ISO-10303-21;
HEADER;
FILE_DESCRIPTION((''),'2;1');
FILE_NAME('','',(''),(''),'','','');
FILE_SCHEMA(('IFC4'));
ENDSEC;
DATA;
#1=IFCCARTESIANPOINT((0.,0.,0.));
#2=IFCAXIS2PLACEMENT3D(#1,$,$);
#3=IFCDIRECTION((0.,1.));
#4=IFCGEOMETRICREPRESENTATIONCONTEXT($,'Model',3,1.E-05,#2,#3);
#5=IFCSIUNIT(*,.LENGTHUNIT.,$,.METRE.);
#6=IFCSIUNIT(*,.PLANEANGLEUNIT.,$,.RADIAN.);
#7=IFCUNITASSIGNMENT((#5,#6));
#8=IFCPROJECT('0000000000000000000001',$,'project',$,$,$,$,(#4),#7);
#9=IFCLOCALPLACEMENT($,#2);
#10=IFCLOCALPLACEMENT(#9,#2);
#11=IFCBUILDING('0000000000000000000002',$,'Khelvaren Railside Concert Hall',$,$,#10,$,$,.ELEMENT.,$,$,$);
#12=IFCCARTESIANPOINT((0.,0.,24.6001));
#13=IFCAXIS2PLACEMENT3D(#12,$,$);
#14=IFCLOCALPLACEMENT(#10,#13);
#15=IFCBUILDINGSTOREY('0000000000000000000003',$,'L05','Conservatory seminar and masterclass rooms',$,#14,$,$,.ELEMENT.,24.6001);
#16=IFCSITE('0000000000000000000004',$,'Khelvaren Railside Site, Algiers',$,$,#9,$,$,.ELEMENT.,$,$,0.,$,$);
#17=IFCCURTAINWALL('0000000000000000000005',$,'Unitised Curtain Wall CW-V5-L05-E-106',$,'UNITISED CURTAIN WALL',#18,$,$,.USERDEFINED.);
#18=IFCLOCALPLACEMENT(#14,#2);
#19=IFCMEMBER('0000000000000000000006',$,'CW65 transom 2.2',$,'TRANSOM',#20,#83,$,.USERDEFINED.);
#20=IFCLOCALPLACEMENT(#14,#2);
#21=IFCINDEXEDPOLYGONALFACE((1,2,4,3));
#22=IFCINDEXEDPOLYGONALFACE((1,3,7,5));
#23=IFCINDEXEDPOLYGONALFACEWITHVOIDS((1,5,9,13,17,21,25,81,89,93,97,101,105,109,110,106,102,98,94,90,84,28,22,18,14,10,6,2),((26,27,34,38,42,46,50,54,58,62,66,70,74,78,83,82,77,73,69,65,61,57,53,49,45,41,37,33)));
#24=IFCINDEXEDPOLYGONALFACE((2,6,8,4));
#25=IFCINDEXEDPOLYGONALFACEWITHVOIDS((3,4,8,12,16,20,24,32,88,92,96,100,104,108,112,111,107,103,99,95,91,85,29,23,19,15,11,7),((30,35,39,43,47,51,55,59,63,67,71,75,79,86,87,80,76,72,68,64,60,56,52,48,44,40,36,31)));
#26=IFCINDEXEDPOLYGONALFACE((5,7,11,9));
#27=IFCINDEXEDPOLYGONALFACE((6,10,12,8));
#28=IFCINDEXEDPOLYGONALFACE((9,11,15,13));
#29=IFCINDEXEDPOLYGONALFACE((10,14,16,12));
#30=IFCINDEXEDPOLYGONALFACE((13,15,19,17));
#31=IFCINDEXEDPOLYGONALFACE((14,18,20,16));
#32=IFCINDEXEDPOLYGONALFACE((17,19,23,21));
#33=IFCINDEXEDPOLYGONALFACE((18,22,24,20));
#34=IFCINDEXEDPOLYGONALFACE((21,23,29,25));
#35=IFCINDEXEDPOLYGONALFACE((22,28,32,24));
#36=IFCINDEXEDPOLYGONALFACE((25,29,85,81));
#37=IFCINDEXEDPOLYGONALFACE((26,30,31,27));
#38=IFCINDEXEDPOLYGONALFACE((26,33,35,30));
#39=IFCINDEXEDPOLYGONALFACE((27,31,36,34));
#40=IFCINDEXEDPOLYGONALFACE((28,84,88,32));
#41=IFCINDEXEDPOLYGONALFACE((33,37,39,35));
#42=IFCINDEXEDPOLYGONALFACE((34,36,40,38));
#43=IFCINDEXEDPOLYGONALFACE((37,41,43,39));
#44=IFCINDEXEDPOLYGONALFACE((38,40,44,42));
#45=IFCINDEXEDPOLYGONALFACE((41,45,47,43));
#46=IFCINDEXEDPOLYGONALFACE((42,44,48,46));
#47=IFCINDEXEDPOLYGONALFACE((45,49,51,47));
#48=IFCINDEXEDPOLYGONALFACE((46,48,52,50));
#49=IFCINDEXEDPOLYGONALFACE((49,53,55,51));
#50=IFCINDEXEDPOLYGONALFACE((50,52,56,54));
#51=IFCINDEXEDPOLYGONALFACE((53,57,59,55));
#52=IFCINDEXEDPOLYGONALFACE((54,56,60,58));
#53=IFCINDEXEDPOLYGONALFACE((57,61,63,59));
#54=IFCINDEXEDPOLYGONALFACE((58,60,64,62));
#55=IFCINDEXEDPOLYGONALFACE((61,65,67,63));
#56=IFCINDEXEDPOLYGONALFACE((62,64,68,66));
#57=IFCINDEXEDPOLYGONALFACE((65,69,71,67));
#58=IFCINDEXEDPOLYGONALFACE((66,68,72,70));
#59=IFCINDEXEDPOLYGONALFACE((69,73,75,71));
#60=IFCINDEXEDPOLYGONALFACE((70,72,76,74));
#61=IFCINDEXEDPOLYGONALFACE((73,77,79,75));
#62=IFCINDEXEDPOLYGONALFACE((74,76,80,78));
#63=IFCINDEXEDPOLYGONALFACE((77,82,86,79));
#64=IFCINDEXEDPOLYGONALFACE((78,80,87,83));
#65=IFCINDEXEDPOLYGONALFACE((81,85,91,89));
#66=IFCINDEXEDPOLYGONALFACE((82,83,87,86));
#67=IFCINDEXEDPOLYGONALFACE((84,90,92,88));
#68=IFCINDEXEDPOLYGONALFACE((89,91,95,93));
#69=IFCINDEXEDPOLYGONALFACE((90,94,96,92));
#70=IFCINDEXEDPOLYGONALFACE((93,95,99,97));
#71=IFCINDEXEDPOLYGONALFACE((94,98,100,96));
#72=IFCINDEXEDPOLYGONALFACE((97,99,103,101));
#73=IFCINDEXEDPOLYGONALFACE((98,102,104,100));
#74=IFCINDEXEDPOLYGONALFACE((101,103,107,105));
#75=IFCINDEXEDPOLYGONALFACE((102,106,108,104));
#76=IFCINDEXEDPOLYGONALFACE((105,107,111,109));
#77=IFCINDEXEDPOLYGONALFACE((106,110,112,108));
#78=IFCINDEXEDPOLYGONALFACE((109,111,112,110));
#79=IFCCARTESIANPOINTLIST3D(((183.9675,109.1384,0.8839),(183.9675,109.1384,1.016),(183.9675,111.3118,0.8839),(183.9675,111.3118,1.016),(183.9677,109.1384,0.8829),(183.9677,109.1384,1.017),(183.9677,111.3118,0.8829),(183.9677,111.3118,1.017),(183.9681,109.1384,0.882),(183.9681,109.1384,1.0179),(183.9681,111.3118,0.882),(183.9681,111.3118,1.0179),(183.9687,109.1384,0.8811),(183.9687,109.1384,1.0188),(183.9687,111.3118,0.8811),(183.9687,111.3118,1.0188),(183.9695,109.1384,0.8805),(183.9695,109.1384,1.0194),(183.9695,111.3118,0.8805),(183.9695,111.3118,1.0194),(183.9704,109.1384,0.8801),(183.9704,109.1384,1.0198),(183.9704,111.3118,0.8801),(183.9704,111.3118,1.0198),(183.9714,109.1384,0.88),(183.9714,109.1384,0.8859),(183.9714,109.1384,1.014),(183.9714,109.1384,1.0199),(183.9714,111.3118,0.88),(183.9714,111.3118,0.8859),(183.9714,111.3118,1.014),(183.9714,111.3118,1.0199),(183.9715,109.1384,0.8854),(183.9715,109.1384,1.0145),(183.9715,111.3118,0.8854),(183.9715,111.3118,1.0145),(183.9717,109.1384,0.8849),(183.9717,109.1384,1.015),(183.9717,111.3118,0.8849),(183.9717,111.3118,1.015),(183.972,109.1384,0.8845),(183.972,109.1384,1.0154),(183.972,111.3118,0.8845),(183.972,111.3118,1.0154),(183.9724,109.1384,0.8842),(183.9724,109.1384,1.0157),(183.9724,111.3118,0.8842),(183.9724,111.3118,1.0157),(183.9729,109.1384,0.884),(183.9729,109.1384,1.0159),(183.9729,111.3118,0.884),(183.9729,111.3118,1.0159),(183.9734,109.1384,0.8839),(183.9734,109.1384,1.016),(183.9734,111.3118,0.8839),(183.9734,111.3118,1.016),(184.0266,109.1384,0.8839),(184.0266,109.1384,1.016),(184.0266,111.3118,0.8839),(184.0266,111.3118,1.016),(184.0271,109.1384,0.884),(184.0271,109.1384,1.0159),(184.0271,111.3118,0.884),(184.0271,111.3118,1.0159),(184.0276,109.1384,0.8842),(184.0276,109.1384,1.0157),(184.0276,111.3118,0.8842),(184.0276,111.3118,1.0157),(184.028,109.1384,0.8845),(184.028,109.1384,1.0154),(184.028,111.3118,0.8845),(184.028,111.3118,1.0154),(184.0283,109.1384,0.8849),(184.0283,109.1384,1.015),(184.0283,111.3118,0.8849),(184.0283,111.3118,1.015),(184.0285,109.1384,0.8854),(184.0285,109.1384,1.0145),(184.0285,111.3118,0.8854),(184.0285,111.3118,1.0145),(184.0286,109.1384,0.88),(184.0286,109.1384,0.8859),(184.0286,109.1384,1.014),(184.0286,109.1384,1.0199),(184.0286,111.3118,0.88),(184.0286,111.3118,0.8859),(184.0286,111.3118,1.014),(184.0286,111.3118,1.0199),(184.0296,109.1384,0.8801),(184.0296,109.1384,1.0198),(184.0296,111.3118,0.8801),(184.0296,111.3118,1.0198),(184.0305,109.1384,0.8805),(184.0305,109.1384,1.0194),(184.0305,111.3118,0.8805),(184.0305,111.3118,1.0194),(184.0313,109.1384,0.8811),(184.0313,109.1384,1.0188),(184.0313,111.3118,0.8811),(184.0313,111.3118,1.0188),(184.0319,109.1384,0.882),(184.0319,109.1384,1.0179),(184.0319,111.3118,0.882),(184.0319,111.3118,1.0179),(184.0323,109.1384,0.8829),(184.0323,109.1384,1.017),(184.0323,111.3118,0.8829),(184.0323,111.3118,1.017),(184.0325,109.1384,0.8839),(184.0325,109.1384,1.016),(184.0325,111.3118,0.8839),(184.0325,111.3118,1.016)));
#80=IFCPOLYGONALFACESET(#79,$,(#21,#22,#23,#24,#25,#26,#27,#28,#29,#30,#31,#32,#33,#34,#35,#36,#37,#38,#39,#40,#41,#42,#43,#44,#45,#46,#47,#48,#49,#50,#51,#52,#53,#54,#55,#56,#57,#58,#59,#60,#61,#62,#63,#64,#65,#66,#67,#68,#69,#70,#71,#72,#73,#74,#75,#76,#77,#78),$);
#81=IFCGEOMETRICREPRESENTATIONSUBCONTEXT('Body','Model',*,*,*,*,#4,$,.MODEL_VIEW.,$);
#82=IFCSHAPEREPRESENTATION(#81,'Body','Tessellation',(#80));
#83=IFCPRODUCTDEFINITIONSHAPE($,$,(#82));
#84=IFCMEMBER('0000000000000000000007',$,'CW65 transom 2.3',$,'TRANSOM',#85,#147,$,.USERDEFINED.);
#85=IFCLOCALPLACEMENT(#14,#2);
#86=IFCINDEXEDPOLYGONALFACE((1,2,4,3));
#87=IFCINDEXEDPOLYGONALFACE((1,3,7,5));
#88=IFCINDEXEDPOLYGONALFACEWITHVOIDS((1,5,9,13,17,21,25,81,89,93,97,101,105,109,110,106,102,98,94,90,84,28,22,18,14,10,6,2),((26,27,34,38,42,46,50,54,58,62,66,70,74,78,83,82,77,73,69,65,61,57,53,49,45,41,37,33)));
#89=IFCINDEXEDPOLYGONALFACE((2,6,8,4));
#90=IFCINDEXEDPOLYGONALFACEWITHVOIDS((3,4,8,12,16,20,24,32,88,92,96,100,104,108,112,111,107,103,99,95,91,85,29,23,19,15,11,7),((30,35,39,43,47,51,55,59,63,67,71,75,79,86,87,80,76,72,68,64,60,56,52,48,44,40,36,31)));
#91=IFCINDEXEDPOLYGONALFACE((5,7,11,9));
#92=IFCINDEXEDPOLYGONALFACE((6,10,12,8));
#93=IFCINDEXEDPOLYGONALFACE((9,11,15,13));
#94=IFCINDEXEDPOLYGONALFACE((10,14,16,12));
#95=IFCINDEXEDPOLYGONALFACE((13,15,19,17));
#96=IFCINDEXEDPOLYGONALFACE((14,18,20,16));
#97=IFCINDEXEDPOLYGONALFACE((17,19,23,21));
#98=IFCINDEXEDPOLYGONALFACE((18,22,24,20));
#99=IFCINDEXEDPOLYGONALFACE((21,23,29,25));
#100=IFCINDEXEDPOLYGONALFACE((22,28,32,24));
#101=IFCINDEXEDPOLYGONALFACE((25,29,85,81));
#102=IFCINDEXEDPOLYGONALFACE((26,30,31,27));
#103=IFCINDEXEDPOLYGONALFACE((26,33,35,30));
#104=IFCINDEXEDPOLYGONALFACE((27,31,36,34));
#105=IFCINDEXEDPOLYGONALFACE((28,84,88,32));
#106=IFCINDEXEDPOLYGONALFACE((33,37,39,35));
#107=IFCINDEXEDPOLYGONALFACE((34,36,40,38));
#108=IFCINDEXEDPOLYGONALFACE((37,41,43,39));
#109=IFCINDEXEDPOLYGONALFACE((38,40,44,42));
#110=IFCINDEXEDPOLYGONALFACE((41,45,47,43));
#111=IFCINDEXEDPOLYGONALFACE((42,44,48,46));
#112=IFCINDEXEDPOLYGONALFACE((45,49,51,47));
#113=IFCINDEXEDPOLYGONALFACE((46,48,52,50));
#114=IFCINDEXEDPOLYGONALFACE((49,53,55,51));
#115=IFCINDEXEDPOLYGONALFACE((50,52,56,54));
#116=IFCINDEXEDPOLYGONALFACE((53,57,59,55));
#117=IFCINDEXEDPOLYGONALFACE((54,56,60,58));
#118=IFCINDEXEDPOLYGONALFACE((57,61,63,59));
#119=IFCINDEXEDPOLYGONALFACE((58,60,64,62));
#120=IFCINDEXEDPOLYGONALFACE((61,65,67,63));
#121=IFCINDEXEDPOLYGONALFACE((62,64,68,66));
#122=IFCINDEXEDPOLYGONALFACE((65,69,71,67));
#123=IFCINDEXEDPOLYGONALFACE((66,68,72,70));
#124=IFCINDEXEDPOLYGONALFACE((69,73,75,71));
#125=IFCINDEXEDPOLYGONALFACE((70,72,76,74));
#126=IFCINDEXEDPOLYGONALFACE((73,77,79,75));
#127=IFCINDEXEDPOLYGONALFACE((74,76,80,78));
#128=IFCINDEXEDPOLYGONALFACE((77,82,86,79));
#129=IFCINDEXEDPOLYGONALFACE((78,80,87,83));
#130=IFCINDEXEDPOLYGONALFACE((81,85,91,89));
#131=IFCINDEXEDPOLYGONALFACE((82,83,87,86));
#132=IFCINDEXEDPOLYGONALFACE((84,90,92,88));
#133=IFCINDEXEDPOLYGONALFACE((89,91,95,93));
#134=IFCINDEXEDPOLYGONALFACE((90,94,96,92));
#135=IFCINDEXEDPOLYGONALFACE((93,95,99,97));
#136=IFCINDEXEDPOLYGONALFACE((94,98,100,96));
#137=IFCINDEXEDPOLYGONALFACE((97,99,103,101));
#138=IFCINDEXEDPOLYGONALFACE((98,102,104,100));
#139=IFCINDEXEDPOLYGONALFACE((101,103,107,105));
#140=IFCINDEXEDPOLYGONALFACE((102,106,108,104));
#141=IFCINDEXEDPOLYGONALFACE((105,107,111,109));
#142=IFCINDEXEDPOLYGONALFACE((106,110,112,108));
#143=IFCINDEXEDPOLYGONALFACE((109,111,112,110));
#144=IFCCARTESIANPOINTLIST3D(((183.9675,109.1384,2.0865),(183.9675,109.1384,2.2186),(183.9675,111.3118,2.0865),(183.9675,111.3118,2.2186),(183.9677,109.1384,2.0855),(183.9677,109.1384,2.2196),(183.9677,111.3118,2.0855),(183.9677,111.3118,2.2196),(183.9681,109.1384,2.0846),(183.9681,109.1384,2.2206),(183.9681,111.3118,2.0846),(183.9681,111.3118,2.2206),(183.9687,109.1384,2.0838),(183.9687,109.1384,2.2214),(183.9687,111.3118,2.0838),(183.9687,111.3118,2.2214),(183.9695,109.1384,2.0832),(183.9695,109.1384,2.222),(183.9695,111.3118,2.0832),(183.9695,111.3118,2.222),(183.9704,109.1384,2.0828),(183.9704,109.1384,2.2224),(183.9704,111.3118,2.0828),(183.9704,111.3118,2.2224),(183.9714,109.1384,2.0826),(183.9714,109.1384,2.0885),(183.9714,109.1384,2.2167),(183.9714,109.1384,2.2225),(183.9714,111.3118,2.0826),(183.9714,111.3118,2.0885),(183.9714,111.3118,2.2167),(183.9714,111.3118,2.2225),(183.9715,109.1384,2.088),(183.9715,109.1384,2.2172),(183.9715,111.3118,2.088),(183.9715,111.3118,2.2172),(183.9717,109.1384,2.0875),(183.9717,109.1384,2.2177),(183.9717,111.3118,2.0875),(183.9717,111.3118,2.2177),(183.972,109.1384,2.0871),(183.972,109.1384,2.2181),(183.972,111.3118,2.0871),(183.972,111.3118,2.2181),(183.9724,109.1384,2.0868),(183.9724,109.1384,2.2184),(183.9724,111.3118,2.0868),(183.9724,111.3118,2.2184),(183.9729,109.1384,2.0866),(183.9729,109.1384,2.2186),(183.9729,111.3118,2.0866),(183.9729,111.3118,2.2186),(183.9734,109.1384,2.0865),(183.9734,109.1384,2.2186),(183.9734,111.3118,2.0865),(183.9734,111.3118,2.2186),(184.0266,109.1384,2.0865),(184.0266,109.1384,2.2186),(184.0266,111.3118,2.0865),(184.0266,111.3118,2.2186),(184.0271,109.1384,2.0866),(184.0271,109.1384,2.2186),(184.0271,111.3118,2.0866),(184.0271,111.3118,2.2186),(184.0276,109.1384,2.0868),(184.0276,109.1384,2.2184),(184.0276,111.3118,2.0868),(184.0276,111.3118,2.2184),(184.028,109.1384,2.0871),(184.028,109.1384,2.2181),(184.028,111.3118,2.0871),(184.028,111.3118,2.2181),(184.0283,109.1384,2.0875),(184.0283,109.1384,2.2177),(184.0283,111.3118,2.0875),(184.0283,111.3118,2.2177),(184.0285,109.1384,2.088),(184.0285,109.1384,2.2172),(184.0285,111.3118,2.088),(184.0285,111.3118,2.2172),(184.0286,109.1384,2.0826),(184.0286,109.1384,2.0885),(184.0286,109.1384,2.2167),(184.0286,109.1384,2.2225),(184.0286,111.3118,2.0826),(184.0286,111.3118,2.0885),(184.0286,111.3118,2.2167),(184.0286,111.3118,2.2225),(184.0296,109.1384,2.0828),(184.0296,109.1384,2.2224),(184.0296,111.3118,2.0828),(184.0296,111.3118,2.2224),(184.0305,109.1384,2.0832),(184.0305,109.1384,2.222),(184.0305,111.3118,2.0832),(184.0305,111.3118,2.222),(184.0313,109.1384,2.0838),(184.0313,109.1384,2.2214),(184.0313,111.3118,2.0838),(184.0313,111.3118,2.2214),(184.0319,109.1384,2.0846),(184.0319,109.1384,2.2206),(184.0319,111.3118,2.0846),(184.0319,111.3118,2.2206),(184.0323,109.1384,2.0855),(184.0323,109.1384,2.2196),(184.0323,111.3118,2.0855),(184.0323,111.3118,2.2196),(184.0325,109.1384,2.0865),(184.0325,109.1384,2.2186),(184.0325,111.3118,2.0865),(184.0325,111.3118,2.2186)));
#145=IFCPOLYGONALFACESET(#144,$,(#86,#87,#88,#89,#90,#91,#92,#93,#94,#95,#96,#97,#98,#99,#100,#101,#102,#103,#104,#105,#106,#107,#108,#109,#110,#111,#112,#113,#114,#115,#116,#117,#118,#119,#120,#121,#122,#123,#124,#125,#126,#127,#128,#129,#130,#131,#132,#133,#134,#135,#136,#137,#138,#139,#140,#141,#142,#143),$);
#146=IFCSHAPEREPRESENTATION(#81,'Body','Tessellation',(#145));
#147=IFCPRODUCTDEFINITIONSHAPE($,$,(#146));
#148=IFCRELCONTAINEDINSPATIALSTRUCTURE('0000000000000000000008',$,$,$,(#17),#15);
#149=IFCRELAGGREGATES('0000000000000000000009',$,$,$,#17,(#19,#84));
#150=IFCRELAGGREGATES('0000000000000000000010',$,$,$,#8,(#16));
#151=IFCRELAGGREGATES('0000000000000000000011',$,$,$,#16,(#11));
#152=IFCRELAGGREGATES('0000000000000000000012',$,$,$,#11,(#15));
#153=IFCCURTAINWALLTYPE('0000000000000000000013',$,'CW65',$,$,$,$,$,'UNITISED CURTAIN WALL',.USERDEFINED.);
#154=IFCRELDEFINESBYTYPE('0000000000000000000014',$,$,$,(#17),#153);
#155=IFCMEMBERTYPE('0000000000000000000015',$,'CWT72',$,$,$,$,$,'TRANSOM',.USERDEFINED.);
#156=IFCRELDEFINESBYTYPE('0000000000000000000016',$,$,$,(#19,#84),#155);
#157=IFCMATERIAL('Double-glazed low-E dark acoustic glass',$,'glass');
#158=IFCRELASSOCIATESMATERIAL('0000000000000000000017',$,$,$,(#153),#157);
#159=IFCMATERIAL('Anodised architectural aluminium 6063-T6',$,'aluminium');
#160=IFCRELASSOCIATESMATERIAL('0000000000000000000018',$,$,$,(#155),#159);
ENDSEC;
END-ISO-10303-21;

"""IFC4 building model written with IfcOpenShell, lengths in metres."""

from ifc_helpers import new_model, si_unit, direction, frame, origin, origin_2d, place, context, subcontext, project, spatial, hollow_rectangle, extrude, material, material_profile, profile_set, type_object, element, aggregate, save


model = new_model("IFC4")

# Units and contexts
model_context = context("Model", 3, precision=1e-05, world=origin(), true_north=direction((0.0, 1.0)))
body_context = subcontext(model_context, "Body", "Model", "MODEL_VIEW")
ifc_project = project(units=[si_unit("LENGTHUNIT", "METRE"), si_unit("PLANEANGLEUNIT", "RADIAN")], contexts=[model_context])

# Site, building, storey
site_placement = place(None, origin())
site = spatial("IfcSite", under=ifc_project, at=site_placement, Name="Khelvaren Railside Site, Algiers", CompositionType="ELEMENT", RefElevation=0.0)
building_placement = place(site_placement, origin())
building = spatial("IfcBuilding", under=site, at=building_placement, Name="Khelvaren Railside Concert Hall", CompositionType="ELEMENT")
storey_placement = place(building_placement, frame((0.0, 0.0, 24.6001)))
storey = spatial("IfcBuildingStorey", under=building, at=storey_placement, Name="L05", Description="Conservatory seminar and masterclass rooms", CompositionType="ELEMENT", Elevation=24.6001)

# Curtain wall, members
ifc_material_1 = material(Name="Double-glazed low-E dark acoustic glass", Category="glass")
curtain_wall_type = type_object("IfcCurtainWallType", Name="CW65", ElementType="UNITISED CURTAIN WALL", PredefinedType="USERDEFINED", material=ifc_material_1)
curtain_wall_placement = place(storey_placement, origin())
curtain_wall = element("IfcCurtainWall", 1, at=curtain_wall_placement, inside=storey, type_object=curtain_wall_type, Name="Unitised Curtain Wall CW-V5-L05-E-106", ObjectType="UNITISED CURTAIN WALL", PredefinedType="USERDEFINED")
ifc_material_2 = material(Name="Anodised architectural aluminium 6063-T6", Category="aluminium")
ifc_material_profile_1 = material_profile(ifc_material_2, hollow_rectangle(XDim=0.0649, YDim=0.1399, WallThickness=0.0039, InnerFilletRadius=0.002, OuterFilletRadius=0.0039, at=origin_2d()), Name="CWT 65x140x4")
ifc_profile_set_1 = profile_set([ifc_material_profile_1], Name="Anodised architectural aluminium 6063-T6")
member_type_1 = type_object("IfcMemberType", Name="CWT72", ElementType="TRANSOM", PredefinedType="USERDEFINED", material=ifc_profile_set_1)
member_1_placement = place(storey_placement, frame((184.0, 111.3118, 0.95), z_axis=(0.0, -1.0, 0.0), x_axis=(1.0, 0.0, 0.0)))
member_1 = element("IfcMember", 2, at=member_1_placement, type_object=member_type_1, Name="CW65 transom 2.2", ObjectType="TRANSOM", PredefinedType="USERDEFINED", context=body_context, shape_type="SweptSolid", body=[
    extrude(hollow_rectangle(XDim=0.0649, YDim=0.1399, WallThickness=0.0039, InnerFilletRadius=0.002, OuterFilletRadius=0.0039, at=origin_2d()), origin(), (0.0, 0.0, 1.0), 2.1733),
])
member_2_placement = place(storey_placement, frame((184.0, 111.3118, 2.1526), z_axis=(0.0, -1.0, 0.0), x_axis=(1.0, 0.0, 0.0)))
member_2 = element("IfcMember", 3, at=member_2_placement, type_object=member_type_1, Name="CW65 transom 2.3", ObjectType="TRANSOM", PredefinedType="USERDEFINED", context=body_context, shape_type="SweptSolid", body=[
    extrude(hollow_rectangle(XDim=0.0649, YDim=0.1399, WallThickness=0.0039, InnerFilletRadius=0.002, OuterFilletRadius=0.0039, at=origin_2d()), origin(), (0.0, 0.0, 1.0), 2.1733),
])
aggregate(curtain_wall, [member_1, member_2])

save(model, "model.ifc")
